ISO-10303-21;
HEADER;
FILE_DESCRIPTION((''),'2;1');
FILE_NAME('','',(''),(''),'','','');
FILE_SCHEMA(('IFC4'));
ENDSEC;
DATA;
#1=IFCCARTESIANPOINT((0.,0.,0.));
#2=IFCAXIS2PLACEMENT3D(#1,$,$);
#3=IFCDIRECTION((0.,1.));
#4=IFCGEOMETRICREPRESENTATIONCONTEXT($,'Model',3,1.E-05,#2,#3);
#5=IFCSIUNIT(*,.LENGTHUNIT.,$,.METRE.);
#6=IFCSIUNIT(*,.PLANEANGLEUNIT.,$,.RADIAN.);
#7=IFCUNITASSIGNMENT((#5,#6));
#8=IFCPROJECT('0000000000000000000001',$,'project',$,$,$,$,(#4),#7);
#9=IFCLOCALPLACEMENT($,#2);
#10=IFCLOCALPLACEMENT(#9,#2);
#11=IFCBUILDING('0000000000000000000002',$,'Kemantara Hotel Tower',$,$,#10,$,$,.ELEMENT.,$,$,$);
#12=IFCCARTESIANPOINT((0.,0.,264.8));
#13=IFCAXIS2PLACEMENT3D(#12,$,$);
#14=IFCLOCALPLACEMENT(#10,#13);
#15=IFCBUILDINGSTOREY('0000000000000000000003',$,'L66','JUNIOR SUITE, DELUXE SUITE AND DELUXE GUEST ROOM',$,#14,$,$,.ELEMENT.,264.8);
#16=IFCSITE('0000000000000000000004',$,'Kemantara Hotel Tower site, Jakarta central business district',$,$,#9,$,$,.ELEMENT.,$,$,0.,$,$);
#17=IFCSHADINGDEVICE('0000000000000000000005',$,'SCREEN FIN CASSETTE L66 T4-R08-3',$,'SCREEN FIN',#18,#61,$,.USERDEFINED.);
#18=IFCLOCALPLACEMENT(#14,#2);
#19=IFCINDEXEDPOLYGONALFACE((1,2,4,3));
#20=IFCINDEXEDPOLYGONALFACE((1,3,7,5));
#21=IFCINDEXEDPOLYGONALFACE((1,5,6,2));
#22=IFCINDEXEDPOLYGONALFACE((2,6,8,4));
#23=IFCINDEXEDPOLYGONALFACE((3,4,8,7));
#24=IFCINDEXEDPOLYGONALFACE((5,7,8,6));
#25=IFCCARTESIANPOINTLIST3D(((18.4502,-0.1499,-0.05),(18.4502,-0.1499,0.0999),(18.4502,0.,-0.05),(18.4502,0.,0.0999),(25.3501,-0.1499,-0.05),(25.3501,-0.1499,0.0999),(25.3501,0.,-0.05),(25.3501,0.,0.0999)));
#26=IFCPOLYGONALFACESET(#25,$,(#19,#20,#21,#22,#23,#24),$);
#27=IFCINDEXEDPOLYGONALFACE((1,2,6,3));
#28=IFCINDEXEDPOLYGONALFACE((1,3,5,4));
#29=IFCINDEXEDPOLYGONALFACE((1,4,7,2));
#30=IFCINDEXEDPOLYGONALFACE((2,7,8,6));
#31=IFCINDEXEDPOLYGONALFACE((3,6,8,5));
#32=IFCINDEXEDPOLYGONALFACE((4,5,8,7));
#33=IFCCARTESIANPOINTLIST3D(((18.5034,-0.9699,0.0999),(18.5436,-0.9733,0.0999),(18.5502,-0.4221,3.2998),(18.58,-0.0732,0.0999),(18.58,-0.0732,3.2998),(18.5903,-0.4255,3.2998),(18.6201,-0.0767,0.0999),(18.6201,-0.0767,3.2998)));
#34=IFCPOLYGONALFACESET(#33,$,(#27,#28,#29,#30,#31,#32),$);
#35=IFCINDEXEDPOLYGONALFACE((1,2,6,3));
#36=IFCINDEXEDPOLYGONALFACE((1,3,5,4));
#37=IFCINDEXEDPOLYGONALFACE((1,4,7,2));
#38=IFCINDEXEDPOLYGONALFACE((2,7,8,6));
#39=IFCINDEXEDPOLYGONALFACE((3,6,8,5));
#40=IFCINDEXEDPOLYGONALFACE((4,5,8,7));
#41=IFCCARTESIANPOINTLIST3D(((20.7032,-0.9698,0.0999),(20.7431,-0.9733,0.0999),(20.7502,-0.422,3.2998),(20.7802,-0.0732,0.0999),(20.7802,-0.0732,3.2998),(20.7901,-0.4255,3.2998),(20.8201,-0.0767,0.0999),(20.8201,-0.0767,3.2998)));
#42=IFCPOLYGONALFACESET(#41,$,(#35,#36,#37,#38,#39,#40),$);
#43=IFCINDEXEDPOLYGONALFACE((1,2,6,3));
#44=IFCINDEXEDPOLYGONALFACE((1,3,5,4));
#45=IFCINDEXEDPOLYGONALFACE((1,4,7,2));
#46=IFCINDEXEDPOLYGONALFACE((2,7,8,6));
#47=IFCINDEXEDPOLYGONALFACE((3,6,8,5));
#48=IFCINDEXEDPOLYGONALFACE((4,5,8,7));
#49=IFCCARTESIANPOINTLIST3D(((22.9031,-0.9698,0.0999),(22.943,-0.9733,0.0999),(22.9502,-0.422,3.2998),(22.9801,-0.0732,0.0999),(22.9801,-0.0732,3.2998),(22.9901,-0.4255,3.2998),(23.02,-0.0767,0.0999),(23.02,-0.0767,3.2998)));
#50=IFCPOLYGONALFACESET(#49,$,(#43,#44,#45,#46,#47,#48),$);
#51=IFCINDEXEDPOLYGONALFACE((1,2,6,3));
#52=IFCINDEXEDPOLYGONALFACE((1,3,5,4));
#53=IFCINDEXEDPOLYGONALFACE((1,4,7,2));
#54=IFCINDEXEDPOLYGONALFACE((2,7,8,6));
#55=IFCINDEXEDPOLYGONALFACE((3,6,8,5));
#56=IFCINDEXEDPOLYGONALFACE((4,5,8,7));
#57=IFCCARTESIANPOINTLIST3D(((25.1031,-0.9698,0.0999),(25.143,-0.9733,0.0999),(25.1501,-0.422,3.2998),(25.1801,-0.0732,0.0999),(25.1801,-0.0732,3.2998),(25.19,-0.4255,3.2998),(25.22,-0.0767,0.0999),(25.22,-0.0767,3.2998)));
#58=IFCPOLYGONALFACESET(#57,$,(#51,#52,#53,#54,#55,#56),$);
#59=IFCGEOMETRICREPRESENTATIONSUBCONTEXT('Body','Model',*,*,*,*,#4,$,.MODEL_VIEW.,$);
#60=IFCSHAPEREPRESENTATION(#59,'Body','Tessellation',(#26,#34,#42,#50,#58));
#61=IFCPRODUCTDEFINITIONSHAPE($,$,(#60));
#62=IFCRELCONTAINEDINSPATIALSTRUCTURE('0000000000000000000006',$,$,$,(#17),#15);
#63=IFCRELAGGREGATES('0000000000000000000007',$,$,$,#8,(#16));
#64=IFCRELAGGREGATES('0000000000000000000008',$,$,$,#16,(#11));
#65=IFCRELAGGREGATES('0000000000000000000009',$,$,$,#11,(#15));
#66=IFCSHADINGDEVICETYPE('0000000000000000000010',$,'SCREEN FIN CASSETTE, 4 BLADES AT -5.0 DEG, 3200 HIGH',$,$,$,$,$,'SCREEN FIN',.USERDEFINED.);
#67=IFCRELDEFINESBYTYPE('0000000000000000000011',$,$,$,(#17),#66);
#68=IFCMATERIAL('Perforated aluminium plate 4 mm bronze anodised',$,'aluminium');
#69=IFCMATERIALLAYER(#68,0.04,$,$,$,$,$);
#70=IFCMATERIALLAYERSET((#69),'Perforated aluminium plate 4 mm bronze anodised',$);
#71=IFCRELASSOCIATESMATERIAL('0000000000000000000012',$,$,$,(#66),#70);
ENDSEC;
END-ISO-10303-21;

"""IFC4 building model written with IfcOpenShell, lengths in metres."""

from ifc_helpers import new_model, si_unit, direction, frame, origin, origin_2d, place, context, subcontext, project, spatial, polyline, rectangle, outline, extrude, source, transform, mapped, material, layer, layer_set, type_object, element, save


model = new_model("IFC4")

# Units and contexts
model_context = context("Model", 3, precision=1e-05, world=origin(), true_north=direction((0.0, 1.0)))
body_context = subcontext(model_context, "Body", "Model", "MODEL_VIEW")
ifc_project = project(units=[si_unit("LENGTHUNIT", "METRE"), si_unit("PLANEANGLEUNIT", "RADIAN")], contexts=[model_context])

# Site, building, storey
site_placement = place(None, origin())
site = spatial("IfcSite", under=ifc_project, at=site_placement, Name="Kemantara Hotel Tower site, Jakarta central business district", CompositionType="ELEMENT", RefElevation=0.0)
building_placement = place(site_placement, origin())
building = spatial("IfcBuilding", under=site, at=building_placement, Name="Kemantara Hotel Tower", CompositionType="ELEMENT")
storey_placement = place(building_placement, frame((0.0, 0.0, 264.8)))
storey = spatial("IfcBuildingStorey", under=building, at=storey_placement, Name="L66", Description="JUNIOR SUITE, DELUXE SUITE AND DELUXE GUEST ROOM", CompositionType="ELEMENT", Elevation=264.8)

# Shading device
ifc_material_1 = material(Name="Perforated aluminium plate 4 mm bronze anodised", Category="aluminium")
ifc_layer_1 = layer(ifc_material_1, 0.04)
ifc_layer_set_1 = layer_set([ifc_layer_1], Name="Perforated aluminium plate 4 mm bronze anodised")
shading_device_type = type_object("IfcShadingDeviceType", Name="SCREEN FIN CASSETTE, 4 BLADES AT -5.0 DEG, 3200 HIGH", ElementType="SCREEN FIN", PredefinedType="USERDEFINED", material=ifc_layer_set_1)
shared_shape = source(origin(), body_context, "Body", "SweptSolid", [
    extrude(rectangle(XDim=6.8999, YDim=0.1499, at=origin_2d()), frame((3.3, -0.075, -0.1499), z_axis=(0.0, 0.0, 1.0), x_axis=(1.0, 0.0, 0.0)), (0.0, 0.0, 1.0), 0.1499),
    extrude(outline(polyline([(0.0, 0.0), (0.8999, 0.0), (0.3501, 3.2), (0.0, 3.2), (0.0, 0.0)])), frame((0.02, -0.0767, 0.0), z_axis=(-0.996376, 0.085056, 0.0), x_axis=(-0.085056, -0.996376, 0.0)), (0.0, 0.0, 1.0), 0.0403),
    extrude(outline(polyline([(0.0, 0.0), (0.8999, 0.0), (0.3501, 3.2), (0.0, 3.2), (0.0, 0.0)])), frame((2.22, -0.0767, 0.0), z_axis=(-0.996332, 0.085575, 0.0), x_axis=(-0.085575, -0.996332, 0.0)), (0.0, 0.0, 1.0), 0.04),
    extrude(outline(polyline([(0.0, 0.0), (0.8999, 0.0), (0.3501, 3.2), (0.0, 3.2), (0.0, 0.0)])), frame((4.4199, -0.0767, 0.0), z_axis=(-0.996332, 0.085575, 0.0), x_axis=(-0.085575, -0.996332, 0.0)), (0.0, 0.0, 1.0), 0.04),
    extrude(outline(polyline([(0.0, 0.0), (0.8999, 0.0), (0.3501, 3.2), (0.0, 3.2), (0.0, 0.0)])), frame((6.6199, -0.0767, 0.0), z_axis=(-0.996332, 0.085575, 0.0), x_axis=(-0.085575, -0.996332, 0.0)), (0.0, 0.0, 1.0), 0.04),
])
shading_device_placement = place(storey_placement, frame((18.6001, 0.0, 0.0999), z_axis=(0.0, 0.0, 1.0), x_axis=(1.0, 0.0, 0.0)))
element("IfcShadingDevice", 1, at=shading_device_placement, inside=storey, type_object=shading_device_type, Name="SCREEN FIN CASSETTE L66 T4-R08-3", ObjectType="SCREEN FIN", PredefinedType="USERDEFINED", context=body_context, shape_type="MappedRepresentation", body=[
    mapped(shared_shape, transform((0.0, 0.0, 0.0))),
])

save(model, "model.ifc")
